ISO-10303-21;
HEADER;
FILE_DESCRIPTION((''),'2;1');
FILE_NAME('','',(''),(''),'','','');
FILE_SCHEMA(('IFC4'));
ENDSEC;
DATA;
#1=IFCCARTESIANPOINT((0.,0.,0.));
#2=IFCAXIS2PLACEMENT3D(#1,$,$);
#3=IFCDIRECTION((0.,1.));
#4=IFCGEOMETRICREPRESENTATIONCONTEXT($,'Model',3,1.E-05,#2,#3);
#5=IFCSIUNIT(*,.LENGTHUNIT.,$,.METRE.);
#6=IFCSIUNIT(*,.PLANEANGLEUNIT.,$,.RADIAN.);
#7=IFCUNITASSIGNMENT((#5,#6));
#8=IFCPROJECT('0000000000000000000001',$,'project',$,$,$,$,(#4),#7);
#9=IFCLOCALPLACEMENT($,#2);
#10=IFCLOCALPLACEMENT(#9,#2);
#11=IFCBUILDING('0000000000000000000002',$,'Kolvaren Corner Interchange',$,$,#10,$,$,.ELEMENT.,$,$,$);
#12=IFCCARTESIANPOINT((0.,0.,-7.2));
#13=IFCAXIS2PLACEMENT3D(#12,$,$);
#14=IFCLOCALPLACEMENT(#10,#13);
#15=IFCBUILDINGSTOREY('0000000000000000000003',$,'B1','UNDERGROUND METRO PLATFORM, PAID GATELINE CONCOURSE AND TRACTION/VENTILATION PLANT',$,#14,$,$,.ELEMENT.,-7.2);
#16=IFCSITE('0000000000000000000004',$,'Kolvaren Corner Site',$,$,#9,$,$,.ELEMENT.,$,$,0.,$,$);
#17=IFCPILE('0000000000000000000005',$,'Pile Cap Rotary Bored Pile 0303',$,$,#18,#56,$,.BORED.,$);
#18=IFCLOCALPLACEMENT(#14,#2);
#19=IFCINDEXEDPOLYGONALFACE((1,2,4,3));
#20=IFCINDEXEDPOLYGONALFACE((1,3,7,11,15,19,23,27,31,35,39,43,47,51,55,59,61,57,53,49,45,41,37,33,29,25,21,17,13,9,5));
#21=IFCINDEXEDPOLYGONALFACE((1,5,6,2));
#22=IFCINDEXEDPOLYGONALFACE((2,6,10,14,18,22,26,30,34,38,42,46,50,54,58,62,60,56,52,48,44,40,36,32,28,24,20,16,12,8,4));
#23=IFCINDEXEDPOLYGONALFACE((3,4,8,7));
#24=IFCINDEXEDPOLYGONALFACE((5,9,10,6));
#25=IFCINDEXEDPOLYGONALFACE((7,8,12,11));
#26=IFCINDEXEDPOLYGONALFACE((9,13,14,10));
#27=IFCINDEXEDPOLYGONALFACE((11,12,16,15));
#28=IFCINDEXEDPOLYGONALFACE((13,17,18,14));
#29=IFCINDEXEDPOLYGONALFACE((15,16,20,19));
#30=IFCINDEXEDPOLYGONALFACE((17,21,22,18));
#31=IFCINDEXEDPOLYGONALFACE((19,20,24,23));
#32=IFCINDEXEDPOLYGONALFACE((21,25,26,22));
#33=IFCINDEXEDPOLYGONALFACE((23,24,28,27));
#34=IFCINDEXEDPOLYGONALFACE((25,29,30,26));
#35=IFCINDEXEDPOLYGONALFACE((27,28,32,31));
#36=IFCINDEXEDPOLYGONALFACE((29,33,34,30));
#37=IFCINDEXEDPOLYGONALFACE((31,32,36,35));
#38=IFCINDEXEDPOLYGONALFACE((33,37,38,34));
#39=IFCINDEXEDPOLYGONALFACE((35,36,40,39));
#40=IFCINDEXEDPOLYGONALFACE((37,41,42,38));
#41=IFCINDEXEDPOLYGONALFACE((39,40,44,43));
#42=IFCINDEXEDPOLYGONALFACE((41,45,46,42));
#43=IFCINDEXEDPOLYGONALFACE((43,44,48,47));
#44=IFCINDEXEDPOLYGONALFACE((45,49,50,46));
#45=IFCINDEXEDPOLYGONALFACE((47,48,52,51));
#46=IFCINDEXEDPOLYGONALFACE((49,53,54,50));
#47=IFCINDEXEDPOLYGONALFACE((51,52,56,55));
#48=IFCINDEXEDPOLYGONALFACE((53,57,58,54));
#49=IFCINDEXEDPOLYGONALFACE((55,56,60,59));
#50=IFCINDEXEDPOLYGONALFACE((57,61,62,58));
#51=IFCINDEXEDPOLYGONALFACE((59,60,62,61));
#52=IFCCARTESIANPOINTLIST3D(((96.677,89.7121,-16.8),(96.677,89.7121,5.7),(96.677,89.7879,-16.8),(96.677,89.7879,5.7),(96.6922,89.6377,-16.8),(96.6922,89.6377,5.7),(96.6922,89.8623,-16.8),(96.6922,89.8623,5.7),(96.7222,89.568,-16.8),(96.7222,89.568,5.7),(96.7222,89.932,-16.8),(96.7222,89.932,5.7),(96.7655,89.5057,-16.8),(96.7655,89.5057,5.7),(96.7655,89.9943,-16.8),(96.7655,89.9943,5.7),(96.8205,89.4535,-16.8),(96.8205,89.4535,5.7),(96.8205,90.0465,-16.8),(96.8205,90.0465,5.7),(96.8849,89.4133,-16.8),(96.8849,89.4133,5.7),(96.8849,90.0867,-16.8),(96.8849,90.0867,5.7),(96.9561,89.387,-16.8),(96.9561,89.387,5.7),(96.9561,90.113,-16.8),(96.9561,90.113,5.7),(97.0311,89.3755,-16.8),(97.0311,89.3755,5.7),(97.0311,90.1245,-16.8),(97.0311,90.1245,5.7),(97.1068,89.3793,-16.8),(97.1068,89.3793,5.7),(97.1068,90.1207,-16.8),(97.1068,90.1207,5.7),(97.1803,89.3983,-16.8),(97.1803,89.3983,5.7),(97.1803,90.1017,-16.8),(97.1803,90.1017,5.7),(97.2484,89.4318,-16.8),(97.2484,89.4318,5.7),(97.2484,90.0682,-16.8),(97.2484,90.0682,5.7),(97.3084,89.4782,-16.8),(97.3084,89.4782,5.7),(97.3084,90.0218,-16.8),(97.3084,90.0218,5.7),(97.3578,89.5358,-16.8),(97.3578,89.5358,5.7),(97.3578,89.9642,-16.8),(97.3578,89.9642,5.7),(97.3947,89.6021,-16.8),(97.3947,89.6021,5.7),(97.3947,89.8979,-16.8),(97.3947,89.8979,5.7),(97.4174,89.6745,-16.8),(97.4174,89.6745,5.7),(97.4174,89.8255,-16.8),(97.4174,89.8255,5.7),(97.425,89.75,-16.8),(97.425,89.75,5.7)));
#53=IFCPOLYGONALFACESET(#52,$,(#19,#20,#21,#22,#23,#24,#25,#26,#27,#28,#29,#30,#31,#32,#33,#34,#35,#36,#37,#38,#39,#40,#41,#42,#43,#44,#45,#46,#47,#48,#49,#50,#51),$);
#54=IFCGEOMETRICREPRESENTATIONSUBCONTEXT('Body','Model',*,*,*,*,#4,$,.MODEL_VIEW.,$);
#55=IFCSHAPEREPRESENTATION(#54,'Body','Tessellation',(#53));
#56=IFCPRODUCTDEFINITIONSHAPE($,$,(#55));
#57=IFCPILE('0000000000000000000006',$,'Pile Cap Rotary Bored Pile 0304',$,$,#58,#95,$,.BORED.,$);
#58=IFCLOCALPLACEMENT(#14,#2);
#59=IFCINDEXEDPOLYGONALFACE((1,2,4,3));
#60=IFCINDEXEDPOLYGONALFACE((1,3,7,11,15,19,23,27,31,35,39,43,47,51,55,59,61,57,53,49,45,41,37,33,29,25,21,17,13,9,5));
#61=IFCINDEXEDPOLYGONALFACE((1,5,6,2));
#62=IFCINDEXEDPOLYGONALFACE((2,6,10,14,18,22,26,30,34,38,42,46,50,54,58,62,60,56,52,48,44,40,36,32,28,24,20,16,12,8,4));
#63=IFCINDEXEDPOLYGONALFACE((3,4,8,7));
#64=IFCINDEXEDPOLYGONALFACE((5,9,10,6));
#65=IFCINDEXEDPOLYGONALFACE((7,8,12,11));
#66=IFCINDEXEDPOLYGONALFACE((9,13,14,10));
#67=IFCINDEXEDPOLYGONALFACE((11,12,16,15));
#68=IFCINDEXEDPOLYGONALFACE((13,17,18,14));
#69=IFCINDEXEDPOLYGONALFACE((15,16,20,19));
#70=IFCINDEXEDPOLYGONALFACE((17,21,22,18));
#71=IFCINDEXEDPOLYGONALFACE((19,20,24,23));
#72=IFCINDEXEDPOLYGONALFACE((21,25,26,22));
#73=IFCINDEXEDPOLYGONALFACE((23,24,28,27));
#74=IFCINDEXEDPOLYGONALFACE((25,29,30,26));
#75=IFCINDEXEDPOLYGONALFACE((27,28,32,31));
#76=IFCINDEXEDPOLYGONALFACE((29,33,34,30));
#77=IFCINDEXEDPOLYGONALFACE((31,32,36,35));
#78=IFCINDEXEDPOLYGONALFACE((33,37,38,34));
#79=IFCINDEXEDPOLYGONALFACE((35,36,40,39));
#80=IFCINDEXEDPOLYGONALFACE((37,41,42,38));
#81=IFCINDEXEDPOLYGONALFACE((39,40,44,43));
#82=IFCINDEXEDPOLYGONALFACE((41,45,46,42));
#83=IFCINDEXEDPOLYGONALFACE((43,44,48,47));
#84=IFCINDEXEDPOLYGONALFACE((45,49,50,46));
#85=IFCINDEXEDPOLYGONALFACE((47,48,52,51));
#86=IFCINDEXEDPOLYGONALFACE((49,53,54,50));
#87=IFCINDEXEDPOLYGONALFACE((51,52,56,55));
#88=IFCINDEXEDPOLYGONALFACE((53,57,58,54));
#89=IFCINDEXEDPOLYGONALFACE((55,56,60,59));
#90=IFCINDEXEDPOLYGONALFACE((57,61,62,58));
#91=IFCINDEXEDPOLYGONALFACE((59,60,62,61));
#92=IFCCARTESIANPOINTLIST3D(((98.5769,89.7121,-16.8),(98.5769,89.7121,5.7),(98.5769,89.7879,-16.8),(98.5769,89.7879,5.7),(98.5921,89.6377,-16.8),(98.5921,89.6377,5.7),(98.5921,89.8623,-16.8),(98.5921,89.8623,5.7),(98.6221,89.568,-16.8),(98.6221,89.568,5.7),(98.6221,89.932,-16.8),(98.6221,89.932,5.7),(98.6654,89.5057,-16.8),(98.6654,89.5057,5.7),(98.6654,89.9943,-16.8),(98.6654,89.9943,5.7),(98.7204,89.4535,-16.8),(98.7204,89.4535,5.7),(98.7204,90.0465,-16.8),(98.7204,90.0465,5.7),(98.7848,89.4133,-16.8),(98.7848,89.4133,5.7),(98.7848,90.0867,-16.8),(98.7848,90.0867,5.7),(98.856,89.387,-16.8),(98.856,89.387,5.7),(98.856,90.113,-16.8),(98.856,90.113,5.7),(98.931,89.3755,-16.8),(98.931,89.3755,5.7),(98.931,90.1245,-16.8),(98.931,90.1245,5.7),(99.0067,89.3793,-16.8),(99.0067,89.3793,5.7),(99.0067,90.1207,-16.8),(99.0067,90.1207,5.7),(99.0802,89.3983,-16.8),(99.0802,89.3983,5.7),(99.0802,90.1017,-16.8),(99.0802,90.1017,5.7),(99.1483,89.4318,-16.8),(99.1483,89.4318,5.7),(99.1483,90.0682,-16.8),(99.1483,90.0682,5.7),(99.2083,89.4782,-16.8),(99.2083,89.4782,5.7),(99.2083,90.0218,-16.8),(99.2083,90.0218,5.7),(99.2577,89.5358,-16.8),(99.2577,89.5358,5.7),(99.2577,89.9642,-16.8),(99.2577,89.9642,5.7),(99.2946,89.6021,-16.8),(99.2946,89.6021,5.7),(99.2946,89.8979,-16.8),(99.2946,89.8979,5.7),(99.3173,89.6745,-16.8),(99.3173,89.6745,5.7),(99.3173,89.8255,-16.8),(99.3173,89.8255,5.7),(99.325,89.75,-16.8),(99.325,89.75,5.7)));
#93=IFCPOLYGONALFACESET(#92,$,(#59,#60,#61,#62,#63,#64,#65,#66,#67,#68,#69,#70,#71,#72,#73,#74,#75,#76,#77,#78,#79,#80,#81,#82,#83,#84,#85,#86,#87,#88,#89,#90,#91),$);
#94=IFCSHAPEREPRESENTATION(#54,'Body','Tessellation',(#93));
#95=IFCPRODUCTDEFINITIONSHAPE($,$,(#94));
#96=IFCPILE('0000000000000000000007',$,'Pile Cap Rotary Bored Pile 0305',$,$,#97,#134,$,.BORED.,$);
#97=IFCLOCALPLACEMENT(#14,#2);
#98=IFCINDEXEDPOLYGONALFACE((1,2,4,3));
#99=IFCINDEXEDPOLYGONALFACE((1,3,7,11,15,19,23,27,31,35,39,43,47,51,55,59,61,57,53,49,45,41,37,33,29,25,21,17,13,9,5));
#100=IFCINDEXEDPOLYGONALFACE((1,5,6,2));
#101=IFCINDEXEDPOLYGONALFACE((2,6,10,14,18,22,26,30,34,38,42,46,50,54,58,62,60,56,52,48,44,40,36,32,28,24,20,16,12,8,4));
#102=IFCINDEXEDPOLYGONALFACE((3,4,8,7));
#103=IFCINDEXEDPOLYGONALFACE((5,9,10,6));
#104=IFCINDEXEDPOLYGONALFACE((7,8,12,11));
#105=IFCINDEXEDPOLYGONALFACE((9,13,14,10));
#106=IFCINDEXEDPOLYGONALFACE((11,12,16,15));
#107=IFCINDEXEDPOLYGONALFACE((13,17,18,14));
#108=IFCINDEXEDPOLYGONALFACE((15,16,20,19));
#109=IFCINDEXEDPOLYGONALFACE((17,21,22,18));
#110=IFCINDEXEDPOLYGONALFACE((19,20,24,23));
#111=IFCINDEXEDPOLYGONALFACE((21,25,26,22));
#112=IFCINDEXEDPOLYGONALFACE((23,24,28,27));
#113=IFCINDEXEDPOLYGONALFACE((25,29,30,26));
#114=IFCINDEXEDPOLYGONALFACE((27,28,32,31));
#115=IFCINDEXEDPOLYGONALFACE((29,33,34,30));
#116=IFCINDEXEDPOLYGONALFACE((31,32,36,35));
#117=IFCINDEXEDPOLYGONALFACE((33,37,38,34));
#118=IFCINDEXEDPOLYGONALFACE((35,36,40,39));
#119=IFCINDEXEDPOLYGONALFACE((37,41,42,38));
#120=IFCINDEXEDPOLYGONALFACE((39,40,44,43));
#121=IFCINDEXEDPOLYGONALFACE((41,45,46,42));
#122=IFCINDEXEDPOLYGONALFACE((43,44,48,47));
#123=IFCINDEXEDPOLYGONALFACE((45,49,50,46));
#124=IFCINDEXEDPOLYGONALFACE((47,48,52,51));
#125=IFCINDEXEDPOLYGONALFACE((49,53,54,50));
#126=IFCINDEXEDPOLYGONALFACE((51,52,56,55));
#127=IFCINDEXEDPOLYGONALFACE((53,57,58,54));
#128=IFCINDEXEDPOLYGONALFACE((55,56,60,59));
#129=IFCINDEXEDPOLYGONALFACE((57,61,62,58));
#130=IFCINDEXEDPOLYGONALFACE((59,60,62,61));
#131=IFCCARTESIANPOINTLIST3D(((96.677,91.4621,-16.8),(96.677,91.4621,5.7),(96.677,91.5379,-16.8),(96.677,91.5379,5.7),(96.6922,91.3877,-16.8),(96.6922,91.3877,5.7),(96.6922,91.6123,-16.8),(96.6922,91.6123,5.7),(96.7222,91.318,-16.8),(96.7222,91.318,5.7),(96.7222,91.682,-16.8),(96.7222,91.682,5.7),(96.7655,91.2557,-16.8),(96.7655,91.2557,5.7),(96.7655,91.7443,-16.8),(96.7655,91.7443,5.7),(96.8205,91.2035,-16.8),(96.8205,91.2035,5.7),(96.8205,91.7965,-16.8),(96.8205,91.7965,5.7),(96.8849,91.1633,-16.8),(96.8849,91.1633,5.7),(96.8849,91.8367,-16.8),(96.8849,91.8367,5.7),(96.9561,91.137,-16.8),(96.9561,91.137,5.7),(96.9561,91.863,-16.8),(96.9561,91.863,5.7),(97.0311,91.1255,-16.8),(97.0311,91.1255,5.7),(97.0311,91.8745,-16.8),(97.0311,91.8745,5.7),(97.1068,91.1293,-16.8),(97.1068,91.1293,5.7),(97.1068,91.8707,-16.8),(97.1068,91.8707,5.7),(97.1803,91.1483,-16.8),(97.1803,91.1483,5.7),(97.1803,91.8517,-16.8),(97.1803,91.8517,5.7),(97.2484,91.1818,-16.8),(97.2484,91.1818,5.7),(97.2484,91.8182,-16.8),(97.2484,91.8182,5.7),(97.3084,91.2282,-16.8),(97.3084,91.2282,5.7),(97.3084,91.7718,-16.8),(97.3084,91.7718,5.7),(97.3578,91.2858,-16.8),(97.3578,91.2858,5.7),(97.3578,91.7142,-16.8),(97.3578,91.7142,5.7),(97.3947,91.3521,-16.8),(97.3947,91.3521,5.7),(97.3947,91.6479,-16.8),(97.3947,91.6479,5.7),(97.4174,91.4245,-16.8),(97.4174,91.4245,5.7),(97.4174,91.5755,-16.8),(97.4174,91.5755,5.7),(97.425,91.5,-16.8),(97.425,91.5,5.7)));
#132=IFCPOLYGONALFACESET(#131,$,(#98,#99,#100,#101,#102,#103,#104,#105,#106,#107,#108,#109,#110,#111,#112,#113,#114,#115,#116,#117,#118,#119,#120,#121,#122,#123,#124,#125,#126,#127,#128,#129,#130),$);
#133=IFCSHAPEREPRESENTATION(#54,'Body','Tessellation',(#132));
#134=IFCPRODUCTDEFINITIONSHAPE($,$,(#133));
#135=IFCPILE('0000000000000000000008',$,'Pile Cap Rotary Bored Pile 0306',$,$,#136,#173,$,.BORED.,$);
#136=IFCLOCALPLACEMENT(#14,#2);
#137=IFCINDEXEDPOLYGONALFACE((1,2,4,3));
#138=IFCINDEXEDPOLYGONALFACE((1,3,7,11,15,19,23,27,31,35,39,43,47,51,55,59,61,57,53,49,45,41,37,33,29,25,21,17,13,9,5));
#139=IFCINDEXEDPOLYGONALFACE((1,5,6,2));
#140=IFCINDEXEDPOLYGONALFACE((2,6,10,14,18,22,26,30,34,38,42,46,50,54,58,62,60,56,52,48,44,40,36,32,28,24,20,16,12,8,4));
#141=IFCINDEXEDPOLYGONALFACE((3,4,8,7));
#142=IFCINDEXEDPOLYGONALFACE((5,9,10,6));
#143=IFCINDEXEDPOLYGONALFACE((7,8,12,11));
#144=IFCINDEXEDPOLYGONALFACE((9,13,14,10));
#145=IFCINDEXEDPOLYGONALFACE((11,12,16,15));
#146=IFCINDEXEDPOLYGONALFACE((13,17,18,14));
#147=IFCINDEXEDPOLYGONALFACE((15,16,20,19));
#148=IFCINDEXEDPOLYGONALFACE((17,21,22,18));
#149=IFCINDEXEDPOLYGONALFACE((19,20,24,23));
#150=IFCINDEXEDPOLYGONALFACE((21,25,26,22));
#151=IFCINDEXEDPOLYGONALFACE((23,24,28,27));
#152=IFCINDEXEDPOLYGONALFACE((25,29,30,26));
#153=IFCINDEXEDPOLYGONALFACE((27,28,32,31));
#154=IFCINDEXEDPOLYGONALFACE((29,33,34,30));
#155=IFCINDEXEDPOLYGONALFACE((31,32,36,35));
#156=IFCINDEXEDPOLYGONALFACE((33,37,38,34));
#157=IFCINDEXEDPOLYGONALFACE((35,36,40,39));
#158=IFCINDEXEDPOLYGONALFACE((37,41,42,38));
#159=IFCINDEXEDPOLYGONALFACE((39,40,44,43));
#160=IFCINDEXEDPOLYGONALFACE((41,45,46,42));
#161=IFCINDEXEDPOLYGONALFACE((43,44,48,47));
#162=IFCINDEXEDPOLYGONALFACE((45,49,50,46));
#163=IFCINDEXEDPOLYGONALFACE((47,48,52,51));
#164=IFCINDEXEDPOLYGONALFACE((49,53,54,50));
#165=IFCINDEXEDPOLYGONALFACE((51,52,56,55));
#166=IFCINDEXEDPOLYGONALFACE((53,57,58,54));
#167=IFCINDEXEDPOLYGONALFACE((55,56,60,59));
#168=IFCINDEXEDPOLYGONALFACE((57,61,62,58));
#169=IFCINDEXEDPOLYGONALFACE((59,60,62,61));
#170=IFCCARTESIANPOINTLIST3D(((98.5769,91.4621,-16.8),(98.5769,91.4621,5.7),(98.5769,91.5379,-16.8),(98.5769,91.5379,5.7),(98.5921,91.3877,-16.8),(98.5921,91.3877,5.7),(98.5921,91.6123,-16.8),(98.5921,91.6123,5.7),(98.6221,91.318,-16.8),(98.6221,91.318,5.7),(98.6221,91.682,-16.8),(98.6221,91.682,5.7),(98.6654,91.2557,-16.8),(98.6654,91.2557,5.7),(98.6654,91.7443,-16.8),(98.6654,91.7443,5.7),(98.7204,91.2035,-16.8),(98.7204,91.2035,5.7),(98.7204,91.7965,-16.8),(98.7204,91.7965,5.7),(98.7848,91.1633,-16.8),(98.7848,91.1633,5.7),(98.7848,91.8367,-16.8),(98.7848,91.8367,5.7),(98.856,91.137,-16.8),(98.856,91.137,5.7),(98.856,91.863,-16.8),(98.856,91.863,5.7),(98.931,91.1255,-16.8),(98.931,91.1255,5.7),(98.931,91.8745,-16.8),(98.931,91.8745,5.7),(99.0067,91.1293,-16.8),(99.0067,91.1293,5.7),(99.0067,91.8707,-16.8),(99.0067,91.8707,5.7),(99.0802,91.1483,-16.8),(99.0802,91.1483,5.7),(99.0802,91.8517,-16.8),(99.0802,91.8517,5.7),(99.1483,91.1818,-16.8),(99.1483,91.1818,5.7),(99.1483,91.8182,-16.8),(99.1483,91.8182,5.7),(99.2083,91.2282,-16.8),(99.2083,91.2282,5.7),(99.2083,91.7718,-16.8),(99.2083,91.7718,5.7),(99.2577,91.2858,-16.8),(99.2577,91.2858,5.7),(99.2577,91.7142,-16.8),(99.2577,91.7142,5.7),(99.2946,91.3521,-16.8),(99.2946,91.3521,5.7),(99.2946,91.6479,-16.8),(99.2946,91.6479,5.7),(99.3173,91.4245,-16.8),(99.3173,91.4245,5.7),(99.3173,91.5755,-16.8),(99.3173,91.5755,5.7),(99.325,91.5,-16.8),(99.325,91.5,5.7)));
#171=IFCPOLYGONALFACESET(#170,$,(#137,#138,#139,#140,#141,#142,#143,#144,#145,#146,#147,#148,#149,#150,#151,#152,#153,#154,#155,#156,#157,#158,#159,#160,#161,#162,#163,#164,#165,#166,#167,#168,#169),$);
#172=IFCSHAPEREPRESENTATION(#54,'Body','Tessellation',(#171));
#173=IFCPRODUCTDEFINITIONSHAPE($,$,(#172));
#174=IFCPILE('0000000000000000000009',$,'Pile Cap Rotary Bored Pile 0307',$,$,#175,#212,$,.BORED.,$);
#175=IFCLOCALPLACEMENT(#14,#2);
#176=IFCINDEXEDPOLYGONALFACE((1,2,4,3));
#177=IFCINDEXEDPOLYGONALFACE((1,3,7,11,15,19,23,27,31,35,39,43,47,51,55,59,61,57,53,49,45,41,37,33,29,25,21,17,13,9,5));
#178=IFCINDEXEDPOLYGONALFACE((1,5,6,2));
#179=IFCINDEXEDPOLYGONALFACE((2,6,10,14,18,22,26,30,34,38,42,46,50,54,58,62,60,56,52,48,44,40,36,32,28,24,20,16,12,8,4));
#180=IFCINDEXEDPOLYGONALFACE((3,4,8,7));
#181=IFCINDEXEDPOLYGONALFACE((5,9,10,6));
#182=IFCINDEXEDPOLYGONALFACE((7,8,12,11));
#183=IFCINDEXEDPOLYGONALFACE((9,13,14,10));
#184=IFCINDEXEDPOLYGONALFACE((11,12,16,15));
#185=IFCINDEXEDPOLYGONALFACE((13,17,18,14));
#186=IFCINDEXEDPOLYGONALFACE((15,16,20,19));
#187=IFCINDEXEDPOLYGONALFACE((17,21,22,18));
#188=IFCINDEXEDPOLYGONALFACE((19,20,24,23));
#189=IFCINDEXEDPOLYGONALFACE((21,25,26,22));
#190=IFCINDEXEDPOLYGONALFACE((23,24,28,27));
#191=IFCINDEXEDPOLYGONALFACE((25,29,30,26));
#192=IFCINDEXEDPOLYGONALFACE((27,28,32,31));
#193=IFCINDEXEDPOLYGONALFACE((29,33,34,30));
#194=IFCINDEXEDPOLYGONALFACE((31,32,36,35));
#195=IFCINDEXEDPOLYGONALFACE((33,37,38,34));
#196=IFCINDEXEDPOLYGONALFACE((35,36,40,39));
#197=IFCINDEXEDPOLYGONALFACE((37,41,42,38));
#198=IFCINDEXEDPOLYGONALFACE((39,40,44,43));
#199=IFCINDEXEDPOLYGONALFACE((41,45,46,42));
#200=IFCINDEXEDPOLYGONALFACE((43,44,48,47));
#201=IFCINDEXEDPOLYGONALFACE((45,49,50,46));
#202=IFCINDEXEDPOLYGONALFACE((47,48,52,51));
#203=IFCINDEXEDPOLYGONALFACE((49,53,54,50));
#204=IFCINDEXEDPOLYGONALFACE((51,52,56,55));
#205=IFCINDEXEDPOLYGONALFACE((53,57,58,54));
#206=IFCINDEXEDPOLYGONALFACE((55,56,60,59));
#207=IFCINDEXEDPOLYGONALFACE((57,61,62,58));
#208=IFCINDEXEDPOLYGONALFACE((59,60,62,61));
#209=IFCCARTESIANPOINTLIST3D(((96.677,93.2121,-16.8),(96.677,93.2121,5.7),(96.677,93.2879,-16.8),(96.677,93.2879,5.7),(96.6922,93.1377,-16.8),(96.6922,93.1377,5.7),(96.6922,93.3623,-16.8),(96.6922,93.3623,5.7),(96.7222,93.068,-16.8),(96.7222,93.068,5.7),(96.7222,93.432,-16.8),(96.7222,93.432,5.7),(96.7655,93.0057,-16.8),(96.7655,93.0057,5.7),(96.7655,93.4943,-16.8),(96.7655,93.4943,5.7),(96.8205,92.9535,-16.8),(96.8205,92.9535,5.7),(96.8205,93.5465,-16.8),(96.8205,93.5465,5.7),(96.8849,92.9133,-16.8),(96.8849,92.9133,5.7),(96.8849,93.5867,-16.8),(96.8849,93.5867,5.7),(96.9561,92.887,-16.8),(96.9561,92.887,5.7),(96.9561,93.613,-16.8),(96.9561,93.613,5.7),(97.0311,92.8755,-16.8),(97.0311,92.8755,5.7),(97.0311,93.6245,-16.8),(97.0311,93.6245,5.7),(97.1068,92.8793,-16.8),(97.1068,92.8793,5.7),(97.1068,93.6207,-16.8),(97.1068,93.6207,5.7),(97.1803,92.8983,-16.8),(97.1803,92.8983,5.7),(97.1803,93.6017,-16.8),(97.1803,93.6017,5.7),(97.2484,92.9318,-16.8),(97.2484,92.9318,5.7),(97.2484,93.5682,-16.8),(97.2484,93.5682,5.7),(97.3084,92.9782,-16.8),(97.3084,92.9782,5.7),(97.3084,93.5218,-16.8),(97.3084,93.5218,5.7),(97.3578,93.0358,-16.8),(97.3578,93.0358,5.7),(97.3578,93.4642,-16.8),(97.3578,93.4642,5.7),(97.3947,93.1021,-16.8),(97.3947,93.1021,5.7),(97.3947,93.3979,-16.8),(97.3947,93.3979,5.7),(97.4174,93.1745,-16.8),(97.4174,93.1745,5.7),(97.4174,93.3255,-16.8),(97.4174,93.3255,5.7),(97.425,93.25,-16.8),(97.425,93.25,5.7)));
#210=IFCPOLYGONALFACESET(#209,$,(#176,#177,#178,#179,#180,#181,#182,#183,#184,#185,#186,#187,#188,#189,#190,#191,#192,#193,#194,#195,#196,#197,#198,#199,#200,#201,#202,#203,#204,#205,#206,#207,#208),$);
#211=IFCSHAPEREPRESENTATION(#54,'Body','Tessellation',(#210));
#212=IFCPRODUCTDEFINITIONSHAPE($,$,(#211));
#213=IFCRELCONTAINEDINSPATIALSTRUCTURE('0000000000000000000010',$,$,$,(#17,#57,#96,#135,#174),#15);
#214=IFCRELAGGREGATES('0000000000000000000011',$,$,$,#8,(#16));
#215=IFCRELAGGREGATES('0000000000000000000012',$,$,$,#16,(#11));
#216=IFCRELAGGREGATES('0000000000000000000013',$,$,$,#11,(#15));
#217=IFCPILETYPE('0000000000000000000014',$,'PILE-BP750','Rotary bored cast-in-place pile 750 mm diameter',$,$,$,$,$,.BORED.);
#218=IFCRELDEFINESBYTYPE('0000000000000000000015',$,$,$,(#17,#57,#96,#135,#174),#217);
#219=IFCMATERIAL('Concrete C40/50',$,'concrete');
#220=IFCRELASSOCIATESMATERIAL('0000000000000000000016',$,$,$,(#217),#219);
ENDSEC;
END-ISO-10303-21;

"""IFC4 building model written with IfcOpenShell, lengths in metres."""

from ifc_helpers import new_model, si_unit, direction, frame, origin, origin_2d, place, context, subcontext, project, spatial, circle, extrude, material, material_profile, profile_set, type_object, element, save


model = new_model("IFC4")

# Units and contexts
model_context = context("Model", 3, precision=1e-05, world=origin(), true_north=direction((0.0, 1.0)))
body_context = subcontext(model_context, "Body", "Model", "MODEL_VIEW")
ifc_project = project(units=[si_unit("LENGTHUNIT", "METRE"), si_unit("PLANEANGLEUNIT", "RADIAN")], contexts=[model_context])

# Site, building, storey
site_placement = place(None, origin())
site = spatial("IfcSite", under=ifc_project, at=site_placement, Name="Kolvaren Corner Site", CompositionType="ELEMENT", RefElevation=0.0)
building_placement = place(site_placement, origin())
building = spatial("IfcBuilding", under=site, at=building_placement, Name="Kolvaren Corner Interchange", CompositionType="ELEMENT")
storey_placement = place(building_placement, frame((0.0, 0.0, -7.2)))
storey = spatial("IfcBuildingStorey", under=building, at=storey_placement, Name="B1", Description="UNDERGROUND METRO PLATFORM, PAID GATELINE CONCOURSE AND TRACTION/VENTILATION PLANT", CompositionType="ELEMENT", Elevation=-7.2)

# Piles
ifc_material_1 = material(Name="Concrete C40/50", Category="concrete")
ifc_material_profile = material_profile(ifc_material_1, circle(Radius=0.375, at=origin_2d()), Name="BORED PILE 750")
ifc_profile_set = profile_set([ifc_material_profile], Name="Concrete C40/50")
pile_type = type_object("IfcPileType", Name="PILE-BP750", Description="Rotary bored cast-in-place pile 750 mm diameter", PredefinedType="BORED", material=ifc_profile_set)
for number, where, z_axis, x_axis, name in (
    (1, (97.05, 89.75, 5.7), (0.0, 0.0, -1.0), (1.0, 0.0, 0.0), "Pile Cap Rotary Bored Pile 0303"),
    (2, (98.95, 89.75, 5.7), (0.0, 0.0, -1.0), (1.0, 0.0, 0.0), "Pile Cap Rotary Bored Pile 0304"),
    (3, (97.05, 91.5, 5.7), (0.0, 0.0, -1.0), (1.0, 0.0, 0.0), "Pile Cap Rotary Bored Pile 0305"),
    (4, (98.95, 91.5, 5.7), (0.0, 0.0, -1.0), (1.0, 0.0, 0.0), "Pile Cap Rotary Bored Pile 0306"),
    (5, (97.05, 93.25, 5.7), (0.0, 0.0, -1.0), (1.0, 0.0, 0.0), "Pile Cap Rotary Bored Pile 0307"),
):
    element("IfcPile", number, at=place(storey_placement, frame(where, z_axis=z_axis, x_axis=x_axis)), inside=storey, type_object=pile_type, Name=name, PredefinedType="BORED", context=body_context, shape_type="SweptSolid", body=[
        extrude(circle(Radius=0.375, at=origin_2d()), origin(), (0.0, 0.0, 1.0), 22.5),
    ])

save(model, "model.ifc")
